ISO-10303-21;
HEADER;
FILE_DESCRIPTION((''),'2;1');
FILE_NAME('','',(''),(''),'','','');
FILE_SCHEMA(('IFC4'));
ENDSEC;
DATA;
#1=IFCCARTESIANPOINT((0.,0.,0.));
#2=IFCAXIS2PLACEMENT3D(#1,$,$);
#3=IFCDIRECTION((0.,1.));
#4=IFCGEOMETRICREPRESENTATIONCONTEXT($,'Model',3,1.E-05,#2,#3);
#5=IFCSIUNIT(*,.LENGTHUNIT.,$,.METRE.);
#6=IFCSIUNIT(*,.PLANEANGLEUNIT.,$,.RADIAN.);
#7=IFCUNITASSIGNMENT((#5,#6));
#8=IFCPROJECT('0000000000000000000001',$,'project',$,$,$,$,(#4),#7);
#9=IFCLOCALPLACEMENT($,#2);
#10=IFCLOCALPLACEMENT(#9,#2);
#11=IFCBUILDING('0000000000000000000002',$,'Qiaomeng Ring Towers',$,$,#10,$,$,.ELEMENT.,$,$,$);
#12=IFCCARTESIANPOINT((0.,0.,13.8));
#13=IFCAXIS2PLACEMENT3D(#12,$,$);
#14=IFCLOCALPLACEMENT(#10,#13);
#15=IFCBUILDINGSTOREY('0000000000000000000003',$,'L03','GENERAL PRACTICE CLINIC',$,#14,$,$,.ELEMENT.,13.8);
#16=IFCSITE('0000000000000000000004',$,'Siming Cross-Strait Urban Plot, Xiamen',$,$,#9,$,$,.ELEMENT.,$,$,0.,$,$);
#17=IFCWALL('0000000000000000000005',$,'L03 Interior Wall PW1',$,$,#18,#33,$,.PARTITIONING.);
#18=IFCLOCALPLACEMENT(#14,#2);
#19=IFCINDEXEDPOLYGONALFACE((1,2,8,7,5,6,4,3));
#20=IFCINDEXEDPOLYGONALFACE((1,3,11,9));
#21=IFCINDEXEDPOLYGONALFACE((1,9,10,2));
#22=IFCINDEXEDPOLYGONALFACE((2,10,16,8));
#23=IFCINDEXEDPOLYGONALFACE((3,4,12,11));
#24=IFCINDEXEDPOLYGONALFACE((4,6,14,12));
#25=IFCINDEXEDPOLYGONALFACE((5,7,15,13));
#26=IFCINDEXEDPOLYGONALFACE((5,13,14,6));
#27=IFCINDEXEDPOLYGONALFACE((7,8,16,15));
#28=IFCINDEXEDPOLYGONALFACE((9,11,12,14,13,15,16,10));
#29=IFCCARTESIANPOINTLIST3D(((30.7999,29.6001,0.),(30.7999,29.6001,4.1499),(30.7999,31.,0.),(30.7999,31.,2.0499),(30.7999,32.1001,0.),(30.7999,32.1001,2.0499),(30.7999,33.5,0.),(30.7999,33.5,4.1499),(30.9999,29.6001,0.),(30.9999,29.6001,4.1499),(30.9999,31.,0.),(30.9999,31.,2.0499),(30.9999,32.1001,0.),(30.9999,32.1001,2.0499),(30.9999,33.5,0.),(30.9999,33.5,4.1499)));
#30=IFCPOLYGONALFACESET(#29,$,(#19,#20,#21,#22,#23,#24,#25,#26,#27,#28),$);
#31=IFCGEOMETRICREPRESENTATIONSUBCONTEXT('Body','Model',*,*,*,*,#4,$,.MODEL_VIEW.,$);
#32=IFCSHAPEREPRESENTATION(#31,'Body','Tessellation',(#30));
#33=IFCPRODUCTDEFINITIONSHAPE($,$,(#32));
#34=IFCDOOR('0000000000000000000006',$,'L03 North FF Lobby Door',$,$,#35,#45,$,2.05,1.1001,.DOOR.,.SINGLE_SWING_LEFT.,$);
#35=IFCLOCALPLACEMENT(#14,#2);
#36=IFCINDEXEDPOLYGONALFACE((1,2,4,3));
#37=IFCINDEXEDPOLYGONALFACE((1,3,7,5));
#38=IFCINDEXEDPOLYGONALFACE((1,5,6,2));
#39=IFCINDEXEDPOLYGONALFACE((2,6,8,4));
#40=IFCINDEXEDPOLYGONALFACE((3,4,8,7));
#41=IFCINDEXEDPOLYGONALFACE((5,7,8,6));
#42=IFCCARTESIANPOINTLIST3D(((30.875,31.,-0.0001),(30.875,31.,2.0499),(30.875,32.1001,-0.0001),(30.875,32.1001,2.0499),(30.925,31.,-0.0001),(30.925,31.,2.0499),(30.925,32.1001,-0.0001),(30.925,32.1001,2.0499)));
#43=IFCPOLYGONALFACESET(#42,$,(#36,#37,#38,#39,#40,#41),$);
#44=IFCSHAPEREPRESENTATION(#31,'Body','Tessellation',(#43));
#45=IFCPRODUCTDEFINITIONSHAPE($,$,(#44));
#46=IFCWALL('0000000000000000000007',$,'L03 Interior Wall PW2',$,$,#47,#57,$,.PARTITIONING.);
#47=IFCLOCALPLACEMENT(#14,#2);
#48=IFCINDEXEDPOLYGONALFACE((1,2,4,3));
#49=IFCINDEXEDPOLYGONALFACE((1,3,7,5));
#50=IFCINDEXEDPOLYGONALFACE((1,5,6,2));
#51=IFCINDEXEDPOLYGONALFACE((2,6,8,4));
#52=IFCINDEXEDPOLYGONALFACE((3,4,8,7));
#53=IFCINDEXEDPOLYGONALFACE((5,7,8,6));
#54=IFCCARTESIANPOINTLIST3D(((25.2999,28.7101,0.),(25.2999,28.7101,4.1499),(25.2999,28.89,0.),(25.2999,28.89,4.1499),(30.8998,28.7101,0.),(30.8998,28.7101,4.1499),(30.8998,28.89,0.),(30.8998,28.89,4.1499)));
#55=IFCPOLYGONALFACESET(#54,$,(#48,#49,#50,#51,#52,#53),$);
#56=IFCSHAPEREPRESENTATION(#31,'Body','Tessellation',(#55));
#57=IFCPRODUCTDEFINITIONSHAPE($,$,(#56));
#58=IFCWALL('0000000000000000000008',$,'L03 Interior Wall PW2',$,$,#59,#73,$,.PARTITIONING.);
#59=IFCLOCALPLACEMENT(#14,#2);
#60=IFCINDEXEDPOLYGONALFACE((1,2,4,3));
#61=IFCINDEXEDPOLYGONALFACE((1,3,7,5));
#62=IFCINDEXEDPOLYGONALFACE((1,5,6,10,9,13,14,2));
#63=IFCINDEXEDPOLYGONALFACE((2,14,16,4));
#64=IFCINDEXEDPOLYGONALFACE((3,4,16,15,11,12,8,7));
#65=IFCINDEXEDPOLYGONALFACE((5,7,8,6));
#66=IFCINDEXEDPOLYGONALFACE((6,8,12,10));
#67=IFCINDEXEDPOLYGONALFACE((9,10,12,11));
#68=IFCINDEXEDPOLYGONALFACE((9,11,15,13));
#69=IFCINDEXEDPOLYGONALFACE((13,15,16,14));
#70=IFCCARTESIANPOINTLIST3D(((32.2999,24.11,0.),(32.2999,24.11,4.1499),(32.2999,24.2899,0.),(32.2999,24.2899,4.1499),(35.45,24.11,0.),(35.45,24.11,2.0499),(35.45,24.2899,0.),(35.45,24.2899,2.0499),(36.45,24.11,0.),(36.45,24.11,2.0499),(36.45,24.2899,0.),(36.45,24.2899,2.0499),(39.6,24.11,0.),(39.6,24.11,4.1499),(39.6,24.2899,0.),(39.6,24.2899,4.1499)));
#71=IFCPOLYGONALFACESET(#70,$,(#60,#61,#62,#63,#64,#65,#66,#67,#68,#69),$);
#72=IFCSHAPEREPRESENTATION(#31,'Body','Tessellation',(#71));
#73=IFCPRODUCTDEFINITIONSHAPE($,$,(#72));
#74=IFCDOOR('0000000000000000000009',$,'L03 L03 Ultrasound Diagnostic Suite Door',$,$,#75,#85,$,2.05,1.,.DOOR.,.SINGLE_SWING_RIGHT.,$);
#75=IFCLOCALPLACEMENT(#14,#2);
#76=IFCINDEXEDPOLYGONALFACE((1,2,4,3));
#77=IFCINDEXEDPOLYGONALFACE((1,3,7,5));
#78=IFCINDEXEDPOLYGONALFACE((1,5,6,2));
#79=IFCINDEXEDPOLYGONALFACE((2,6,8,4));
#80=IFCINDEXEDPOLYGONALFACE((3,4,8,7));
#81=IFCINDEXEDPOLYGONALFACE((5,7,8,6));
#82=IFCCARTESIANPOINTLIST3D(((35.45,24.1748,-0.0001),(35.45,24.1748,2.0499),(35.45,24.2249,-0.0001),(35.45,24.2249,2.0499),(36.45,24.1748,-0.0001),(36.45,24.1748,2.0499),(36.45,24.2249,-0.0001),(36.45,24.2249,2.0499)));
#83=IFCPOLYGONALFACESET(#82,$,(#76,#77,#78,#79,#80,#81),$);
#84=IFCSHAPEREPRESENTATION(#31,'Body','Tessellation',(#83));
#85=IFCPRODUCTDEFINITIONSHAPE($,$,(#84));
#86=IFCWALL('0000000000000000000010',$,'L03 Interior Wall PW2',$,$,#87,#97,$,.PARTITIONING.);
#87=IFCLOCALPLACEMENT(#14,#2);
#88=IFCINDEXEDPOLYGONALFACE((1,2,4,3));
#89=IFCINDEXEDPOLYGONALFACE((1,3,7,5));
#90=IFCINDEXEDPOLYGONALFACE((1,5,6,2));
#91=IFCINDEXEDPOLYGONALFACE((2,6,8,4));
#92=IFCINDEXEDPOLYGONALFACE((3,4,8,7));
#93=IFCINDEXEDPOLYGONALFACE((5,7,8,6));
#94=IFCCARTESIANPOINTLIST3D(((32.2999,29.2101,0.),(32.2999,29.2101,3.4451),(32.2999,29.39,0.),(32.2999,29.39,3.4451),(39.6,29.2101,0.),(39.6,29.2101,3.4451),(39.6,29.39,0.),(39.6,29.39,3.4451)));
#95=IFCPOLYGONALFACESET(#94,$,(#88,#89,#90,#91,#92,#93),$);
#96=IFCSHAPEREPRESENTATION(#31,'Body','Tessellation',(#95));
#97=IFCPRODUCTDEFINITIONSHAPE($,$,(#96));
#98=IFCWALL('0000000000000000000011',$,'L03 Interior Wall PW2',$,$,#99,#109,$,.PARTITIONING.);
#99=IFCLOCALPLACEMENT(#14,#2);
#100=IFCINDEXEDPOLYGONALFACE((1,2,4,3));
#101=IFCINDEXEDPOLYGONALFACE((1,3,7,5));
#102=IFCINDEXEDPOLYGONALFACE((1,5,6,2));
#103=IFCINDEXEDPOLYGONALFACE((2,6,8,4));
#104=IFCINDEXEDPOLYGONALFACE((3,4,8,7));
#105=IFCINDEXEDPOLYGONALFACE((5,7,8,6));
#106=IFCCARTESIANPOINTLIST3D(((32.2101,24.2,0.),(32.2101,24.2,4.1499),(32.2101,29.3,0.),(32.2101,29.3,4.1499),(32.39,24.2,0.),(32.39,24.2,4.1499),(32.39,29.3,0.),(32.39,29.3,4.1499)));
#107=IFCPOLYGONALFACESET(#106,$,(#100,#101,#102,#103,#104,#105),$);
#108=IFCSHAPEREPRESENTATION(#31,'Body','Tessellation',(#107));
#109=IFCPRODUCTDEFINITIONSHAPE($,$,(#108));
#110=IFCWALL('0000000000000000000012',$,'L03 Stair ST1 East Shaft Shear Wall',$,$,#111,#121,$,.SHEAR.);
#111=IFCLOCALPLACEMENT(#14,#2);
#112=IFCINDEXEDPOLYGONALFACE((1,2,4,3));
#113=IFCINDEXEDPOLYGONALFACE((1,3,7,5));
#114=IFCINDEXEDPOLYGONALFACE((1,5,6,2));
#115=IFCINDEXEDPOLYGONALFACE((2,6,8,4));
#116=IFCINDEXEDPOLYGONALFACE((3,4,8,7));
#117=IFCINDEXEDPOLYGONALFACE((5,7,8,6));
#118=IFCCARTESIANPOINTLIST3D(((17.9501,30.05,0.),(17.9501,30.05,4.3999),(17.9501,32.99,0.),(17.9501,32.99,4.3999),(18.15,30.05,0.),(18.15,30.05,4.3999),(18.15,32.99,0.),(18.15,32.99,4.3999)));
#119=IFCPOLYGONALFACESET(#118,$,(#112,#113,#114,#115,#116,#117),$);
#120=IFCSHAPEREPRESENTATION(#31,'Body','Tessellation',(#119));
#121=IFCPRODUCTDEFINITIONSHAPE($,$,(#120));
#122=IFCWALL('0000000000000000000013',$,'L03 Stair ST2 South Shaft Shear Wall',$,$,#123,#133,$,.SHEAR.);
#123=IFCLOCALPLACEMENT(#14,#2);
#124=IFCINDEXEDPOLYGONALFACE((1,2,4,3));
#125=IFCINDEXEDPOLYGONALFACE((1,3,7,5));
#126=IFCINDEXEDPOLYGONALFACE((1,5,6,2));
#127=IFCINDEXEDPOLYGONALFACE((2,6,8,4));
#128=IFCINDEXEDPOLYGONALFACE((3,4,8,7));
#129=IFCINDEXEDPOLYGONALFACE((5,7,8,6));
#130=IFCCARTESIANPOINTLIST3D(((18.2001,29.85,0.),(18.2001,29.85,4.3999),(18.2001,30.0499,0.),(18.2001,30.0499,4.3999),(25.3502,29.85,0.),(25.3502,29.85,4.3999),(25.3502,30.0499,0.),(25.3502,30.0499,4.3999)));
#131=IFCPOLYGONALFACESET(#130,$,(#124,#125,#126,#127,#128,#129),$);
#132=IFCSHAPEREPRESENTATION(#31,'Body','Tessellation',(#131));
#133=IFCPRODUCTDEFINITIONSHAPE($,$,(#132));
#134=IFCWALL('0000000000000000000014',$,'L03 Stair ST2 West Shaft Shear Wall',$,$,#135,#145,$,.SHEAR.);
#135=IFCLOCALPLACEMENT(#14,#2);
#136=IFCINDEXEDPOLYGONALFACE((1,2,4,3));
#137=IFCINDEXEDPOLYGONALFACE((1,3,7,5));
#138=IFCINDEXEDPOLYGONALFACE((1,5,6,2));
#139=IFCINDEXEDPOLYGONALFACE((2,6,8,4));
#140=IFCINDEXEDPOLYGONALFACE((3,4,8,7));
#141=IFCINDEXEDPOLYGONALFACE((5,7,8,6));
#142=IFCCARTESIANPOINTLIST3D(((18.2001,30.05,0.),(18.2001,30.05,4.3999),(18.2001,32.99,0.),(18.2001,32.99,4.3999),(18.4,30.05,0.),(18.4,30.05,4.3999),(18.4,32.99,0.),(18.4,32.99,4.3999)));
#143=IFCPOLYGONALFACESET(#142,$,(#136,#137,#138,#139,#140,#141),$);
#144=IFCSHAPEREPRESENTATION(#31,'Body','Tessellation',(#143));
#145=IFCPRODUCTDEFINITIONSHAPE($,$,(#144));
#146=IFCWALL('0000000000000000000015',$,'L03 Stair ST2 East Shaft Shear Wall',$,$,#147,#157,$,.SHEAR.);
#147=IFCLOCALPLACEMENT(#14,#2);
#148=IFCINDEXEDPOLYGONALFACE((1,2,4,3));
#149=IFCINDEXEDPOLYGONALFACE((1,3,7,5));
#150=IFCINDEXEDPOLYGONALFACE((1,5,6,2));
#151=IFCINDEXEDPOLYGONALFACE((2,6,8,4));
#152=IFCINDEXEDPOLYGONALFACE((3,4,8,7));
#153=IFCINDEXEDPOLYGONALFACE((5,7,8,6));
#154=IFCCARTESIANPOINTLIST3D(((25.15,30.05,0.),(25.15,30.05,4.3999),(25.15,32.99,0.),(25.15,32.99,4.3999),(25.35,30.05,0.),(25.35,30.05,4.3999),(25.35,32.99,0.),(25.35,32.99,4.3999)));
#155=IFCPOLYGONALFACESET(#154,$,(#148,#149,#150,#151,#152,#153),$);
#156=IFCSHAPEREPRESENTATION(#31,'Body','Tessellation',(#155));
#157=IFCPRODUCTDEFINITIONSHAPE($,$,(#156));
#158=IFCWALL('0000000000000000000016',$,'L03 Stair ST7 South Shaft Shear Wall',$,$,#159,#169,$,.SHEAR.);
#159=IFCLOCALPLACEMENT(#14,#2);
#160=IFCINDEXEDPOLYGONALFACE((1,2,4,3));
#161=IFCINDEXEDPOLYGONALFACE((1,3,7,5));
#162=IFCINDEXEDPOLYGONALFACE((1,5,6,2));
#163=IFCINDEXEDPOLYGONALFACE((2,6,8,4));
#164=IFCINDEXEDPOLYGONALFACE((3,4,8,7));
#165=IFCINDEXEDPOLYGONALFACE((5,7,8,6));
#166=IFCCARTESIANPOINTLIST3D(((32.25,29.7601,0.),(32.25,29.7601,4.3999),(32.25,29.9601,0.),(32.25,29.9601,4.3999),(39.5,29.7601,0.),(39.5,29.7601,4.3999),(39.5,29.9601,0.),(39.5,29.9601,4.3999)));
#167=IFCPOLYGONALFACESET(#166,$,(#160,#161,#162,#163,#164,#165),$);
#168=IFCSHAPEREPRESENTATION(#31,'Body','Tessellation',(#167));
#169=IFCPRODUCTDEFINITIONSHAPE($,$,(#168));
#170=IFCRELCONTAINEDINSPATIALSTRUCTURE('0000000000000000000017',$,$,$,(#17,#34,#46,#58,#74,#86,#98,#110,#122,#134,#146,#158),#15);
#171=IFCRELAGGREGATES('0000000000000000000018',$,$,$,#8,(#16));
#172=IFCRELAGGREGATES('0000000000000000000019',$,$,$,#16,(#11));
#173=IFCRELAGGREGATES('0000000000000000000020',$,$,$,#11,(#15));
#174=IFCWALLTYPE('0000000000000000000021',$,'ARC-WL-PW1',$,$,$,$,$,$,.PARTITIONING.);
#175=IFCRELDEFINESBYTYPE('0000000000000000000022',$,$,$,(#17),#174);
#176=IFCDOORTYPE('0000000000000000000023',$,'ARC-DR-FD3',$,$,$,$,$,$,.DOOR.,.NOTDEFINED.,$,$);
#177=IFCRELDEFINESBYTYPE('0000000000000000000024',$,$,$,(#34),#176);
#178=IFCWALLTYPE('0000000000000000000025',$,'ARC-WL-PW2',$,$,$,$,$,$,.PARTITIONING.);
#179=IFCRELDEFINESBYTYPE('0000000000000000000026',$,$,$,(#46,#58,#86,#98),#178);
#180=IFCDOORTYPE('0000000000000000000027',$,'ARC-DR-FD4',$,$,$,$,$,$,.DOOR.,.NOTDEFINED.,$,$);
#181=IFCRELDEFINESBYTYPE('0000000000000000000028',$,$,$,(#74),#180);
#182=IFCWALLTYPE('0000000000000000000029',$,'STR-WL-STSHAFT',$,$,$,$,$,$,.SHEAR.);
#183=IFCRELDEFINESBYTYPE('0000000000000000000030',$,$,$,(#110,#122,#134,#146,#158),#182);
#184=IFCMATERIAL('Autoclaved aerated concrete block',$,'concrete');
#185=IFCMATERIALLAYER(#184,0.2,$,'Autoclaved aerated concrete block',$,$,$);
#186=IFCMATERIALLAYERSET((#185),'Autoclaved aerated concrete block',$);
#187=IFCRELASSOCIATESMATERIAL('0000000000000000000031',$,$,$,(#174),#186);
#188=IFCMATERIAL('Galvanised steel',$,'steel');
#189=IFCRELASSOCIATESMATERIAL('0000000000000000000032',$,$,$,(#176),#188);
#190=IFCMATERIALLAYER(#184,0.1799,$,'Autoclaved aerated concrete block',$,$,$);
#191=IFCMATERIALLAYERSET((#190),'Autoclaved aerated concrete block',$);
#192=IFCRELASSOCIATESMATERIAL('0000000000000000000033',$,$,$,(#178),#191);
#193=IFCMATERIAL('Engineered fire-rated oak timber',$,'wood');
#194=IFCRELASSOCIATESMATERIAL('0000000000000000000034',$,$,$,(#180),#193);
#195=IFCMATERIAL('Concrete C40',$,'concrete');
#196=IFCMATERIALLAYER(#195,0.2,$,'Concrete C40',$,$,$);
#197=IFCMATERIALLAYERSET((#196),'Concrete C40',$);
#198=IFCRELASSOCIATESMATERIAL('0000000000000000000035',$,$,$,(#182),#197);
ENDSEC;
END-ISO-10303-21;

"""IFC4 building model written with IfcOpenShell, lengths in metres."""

from ifc_helpers import new_model, si_unit, direction, frame, frame_2d, origin, place, context, subcontext, project, spatial, rectangle, extrude, source, transform, mapped, material, layer, layer_set, type_object, element, fill, save


model = new_model("IFC4")

# Units and contexts
model_context = context("Model", 3, precision=1e-05, world=origin(), true_north=direction((0.0, 1.0)))
body_context = subcontext(model_context, "Body", "Model", "MODEL_VIEW")
ifc_project = project(units=[si_unit("LENGTHUNIT", "METRE"), si_unit("PLANEANGLEUNIT", "RADIAN")], contexts=[model_context])

# Site, building, storey
site_placement = place(None, origin())
site = spatial("IfcSite", under=ifc_project, at=site_placement, Name="Siming Cross-Strait Urban Plot, Xiamen", CompositionType="ELEMENT", RefElevation=0.0)
building_placement = place(site_placement, origin())
building = spatial("IfcBuilding", under=site, at=building_placement, Name="Qiaomeng Ring Towers", CompositionType="ELEMENT")
storey_placement = place(building_placement, frame((0.0, 0.0, 13.8)))
storey = spatial("IfcBuildingStorey", under=building, at=storey_placement, Name="L03", Description="GENERAL PRACTICE CLINIC", CompositionType="ELEMENT", Elevation=13.8)

# Shared definitions
ifc_material_1 = material(Name="Autoclaved aerated concrete block", Category="concrete")
ifc_layer_1 = layer(ifc_material_1, 0.2, Name="Autoclaved aerated concrete block")
ifc_layer_set_1 = layer_set([ifc_layer_1], Name="Autoclaved aerated concrete block")
wall_type_1 = type_object("IfcWallType", Name="ARC-WL-PW1", PredefinedType="PARTITIONING", material=ifc_layer_set_1)

# Wall, opening, door
wall_1_placement = place(storey_placement, frame((30.8999, 29.6001, 0.0), z_axis=(0.0, 0.0, 1.0), x_axis=(0.0, 1.0, 0.0)))
wall_1 = element("IfcWall", 1, at=wall_1_placement, inside=storey, type_object=wall_type_1, Name="L03 Interior Wall PW1", PredefinedType="PARTITIONING", context=body_context, shape_type="SweptSolid", body=[
    extrude(rectangle(XDim=3.8999, YDim=0.2, at=frame_2d((1.95, 0.0))), origin(), (0.0, 0.0, 1.0), 4.1499),
])
opening_1_placement = place(wall_1_placement, frame((1.3999, 0.0, 0.0)))
opening_1 = element("IfcOpeningElement", 2, at=opening_1_placement, cuts=wall_1, PredefinedType="OPENING", context=body_context, shape_type="SweptSolid", body=[
    extrude(rectangle(XDim=1.1001, YDim=2.05, at=frame_2d((0.55, 1.0249))), frame((0.0, 0.1099, 0.0), z_axis=(0.0, -1.0, 0.0), x_axis=(1.0, 0.0, 0.0)), (0.0, 0.0, 1.0), 0.22),
])
ifc_material_2 = material(Name="Galvanised steel", Category="steel")
door_type_1 = type_object("IfcDoorType", Name="ARC-DR-FD3", OperationType="NOTDEFINED", PredefinedType="DOOR", material=ifc_material_2)
shared_shape_1 = source(origin(), body_context, "Body", "SweptSolid", [
    extrude(rectangle(XDim=1.1001, YDim=2.05, at=frame_2d((0.55, 1.0249))), frame((0.0, 0.0249, 0.0), z_axis=(0.0, -1.0, 0.0), x_axis=(1.0, 0.0, 0.0)), (0.0, 0.0, 1.0), 0.05),
])
door_1_placement = place(opening_1_placement, origin())
door_1 = element("IfcDoor", 3, at=door_1_placement, inside=storey, type_object=door_type_1, Name="L03 North FF Lobby Door", OperationType="SINGLE_SWING_LEFT", OverallHeight=2.05, OverallWidth=1.1001, PredefinedType="DOOR", context=body_context, shape_type="MappedRepresentation", body=[
    mapped(shared_shape_1, transform((0.0, 0.0, 0.0), x_axis=(1.0, 0.0, 0.0), y_axis=(0.0, 1.0, 0.0), z_axis=(0.0, 0.0, 1.0), scale=1.0)),
])
fill(opening_1, door_1)

# Wall
ifc_layer_2 = layer(ifc_material_1, 0.1799, Name="Autoclaved aerated concrete block")
ifc_layer_set_2 = layer_set([ifc_layer_2], Name="Autoclaved aerated concrete block")
wall_type_2 = type_object("IfcWallType", Name="ARC-WL-PW2", PredefinedType="PARTITIONING", material=ifc_layer_set_2)
wall_2_placement = place(storey_placement, frame((25.3, 28.8, 0.0), z_axis=(0.0, 0.0, 1.0), x_axis=(1.0, 0.0, 0.0)))
element("IfcWall", 4, at=wall_2_placement, inside=storey, type_object=wall_type_2, Name="L03 Interior Wall PW2", PredefinedType="PARTITIONING", context=body_context, shape_type="SweptSolid", body=[
    extrude(rectangle(XDim=5.5999, YDim=0.1799, at=frame_2d((2.7998, 0.0))), origin(), (0.0, 0.0, 1.0), 4.1499),
])

# Wall, opening, door
wall_3_placement = place(storey_placement, frame((32.3, 24.2, 0.0), z_axis=(0.0, 0.0, 1.0), x_axis=(1.0, 0.0, 0.0)))
wall_3 = element("IfcWall", 5, at=wall_3_placement, inside=storey, type_object=wall_type_2, Name="L03 Interior Wall PW2", PredefinedType="PARTITIONING", context=body_context, shape_type="SweptSolid", body=[
    extrude(rectangle(XDim=7.3, YDim=0.1799, at=frame_2d((3.6499, 0.0))), origin(), (0.0, 0.0, 1.0), 4.1499),
])
opening_2_placement = place(wall_3_placement, frame((3.1499, 0.0, 0.0)))
opening_2 = element("IfcOpeningElement", 6, at=opening_2_placement, cuts=wall_3, PredefinedType="OPENING", context=body_context, shape_type="SweptSolid", body=[
    extrude(rectangle(XDim=1.0, YDim=2.05, at=frame_2d((0.5, 1.0249))), frame((0.0, 0.0999, 0.0), z_axis=(0.0, -1.0, 0.0), x_axis=(1.0, 0.0, 0.0)), (0.0, 0.0, 1.0), 0.2),
])
ifc_material_3 = material(Name="Engineered fire-rated oak timber", Category="wood")
door_type_2 = type_object("IfcDoorType", Name="ARC-DR-FD4", OperationType="NOTDEFINED", PredefinedType="DOOR", material=ifc_material_3)
shared_shape_2 = source(origin(), body_context, "Body", "SweptSolid", [
    extrude(rectangle(XDim=1.0, YDim=2.05, at=frame_2d((0.5, 1.0249))), frame((0.0, 0.0249, 0.0), z_axis=(0.0, -1.0, 0.0), x_axis=(1.0, 0.0, 0.0)), (0.0, 0.0, 1.0), 0.05),
])
door_2_placement = place(opening_2_placement, origin())
door_2 = element("IfcDoor", 7, at=door_2_placement, inside=storey, type_object=door_type_2, Name="L03 L03 Ultrasound Diagnostic Suite Door", OperationType="SINGLE_SWING_RIGHT", OverallHeight=2.05, OverallWidth=1.0, PredefinedType="DOOR", context=body_context, shape_type="MappedRepresentation", body=[
    mapped(shared_shape_2, transform((0.0, 0.0, 0.0), x_axis=(1.0, 0.0, 0.0), y_axis=(0.0, 1.0, 0.0), z_axis=(0.0, 0.0, 1.0), scale=1.0)),
])
fill(opening_2, door_2)

# Walls
wall_4_placement = place(storey_placement, frame((32.3, 29.3, 0.0), z_axis=(0.0, 0.0, 1.0), x_axis=(1.0, 0.0, 0.0)))
element("IfcWall", 8, at=wall_4_placement, inside=storey, type_object=wall_type_2, Name="L03 Interior Wall PW2", PredefinedType="PARTITIONING", context=body_context, shape_type="SweptSolid", body=[
    extrude(rectangle(XDim=7.3, YDim=0.1799, at=frame_2d((3.6499, 0.0))), origin(), (0.0, 0.0, 1.0), 3.4451),
])
wall_5_placement = place(storey_placement, frame((32.3, 24.2, 0.0), z_axis=(0.0, 0.0, 1.0), x_axis=(0.0, 1.0, 0.0)))
element("IfcWall", 9, at=wall_5_placement, inside=storey, type_object=wall_type_2, Name="L03 Interior Wall PW2", PredefinedType="PARTITIONING", context=body_context, shape_type="SweptSolid", body=[
    extrude(rectangle(XDim=5.1001, YDim=0.1799, at=frame_2d((2.55, 0.0))), origin(), (0.0, 0.0, 1.0), 4.1499),
])
ifc_material_4 = material(Name="Concrete C40", Category="concrete")
ifc_layer_3 = layer(ifc_material_4, 0.2, Name="Concrete C40")
ifc_layer_set_3 = layer_set([ifc_layer_3], Name="Concrete C40")
wall_type_3 = type_object("IfcWallType", Name="STR-WL-STSHAFT", PredefinedType="SHEAR", material=ifc_layer_set_3)
wall_6_placement = place(storey_placement, frame((18.05, 30.05, 0.0), z_axis=(0.0, 0.0, 1.0), x_axis=(0.0, 1.0, 0.0)))
element("IfcWall", 10, at=wall_6_placement, inside=storey, type_object=wall_type_3, Name="L03 Stair ST1 East Shaft Shear Wall", PredefinedType="SHEAR", context=body_context, shape_type="SweptSolid", body=[
    extrude(rectangle(XDim=2.9399, YDim=0.2, at=frame_2d((1.47, 0.0))), origin(), (0.0, 0.0, 1.0), 4.3999),
])
wall_7_placement = place(storey_placement, frame((18.2, 29.95, 0.0), z_axis=(0.0, 0.0, 1.0), x_axis=(1.0, 0.0, 0.0)))
element("IfcWall", 11, at=wall_7_placement, inside=storey, type_object=wall_type_3, Name="L03 Stair ST2 South Shaft Shear Wall", PredefinedType="SHEAR", context=body_context, shape_type="SweptSolid", body=[
    extrude(rectangle(XDim=7.1501, YDim=0.2, at=frame_2d((3.5752, 0.0))), origin(), (0.0, 0.0, 1.0), 4.3999),
])
for number, where, z_axis, x_axis, name in (
    (12, (18.3, 30.05, 0.0), (0.0, 0.0, 1.0), (0.0, 1.0, 0.0), "L03 Stair ST2 West Shaft Shear Wall"),
    (13, (25.25, 30.05, 0.0), (0.0, 0.0, 1.0), (0.0, 1.0, 0.0), "L03 Stair ST2 East Shaft Shear Wall"),
):
    element("IfcWall", number, at=place(storey_placement, frame(where, z_axis=z_axis, x_axis=x_axis)), inside=storey, type_object=wall_type_3, Name=name, PredefinedType="SHEAR", context=body_context, shape_type="SweptSolid", body=[
        extrude(rectangle(XDim=2.9399, YDim=0.2, at=frame_2d((1.47, 0.0))), origin(), (0.0, 0.0, 1.0), 4.3999),
    ])
wall_8_placement = place(storey_placement, frame((32.25, 29.8601, 0.0), z_axis=(0.0, 0.0, 1.0), x_axis=(1.0, 0.0, 0.0)))
element("IfcWall", 14, at=wall_8_placement, inside=storey, type_object=wall_type_3, Name="L03 Stair ST7 South Shaft Shear Wall", PredefinedType="SHEAR", context=body_context, shape_type="SweptSolid", body=[
    extrude(rectangle(XDim=7.25, YDim=0.2, at=frame_2d((3.625, 0.0))), origin(), (0.0, 0.0, 1.0), 4.3999),
])

save(model, "model.ifc")
